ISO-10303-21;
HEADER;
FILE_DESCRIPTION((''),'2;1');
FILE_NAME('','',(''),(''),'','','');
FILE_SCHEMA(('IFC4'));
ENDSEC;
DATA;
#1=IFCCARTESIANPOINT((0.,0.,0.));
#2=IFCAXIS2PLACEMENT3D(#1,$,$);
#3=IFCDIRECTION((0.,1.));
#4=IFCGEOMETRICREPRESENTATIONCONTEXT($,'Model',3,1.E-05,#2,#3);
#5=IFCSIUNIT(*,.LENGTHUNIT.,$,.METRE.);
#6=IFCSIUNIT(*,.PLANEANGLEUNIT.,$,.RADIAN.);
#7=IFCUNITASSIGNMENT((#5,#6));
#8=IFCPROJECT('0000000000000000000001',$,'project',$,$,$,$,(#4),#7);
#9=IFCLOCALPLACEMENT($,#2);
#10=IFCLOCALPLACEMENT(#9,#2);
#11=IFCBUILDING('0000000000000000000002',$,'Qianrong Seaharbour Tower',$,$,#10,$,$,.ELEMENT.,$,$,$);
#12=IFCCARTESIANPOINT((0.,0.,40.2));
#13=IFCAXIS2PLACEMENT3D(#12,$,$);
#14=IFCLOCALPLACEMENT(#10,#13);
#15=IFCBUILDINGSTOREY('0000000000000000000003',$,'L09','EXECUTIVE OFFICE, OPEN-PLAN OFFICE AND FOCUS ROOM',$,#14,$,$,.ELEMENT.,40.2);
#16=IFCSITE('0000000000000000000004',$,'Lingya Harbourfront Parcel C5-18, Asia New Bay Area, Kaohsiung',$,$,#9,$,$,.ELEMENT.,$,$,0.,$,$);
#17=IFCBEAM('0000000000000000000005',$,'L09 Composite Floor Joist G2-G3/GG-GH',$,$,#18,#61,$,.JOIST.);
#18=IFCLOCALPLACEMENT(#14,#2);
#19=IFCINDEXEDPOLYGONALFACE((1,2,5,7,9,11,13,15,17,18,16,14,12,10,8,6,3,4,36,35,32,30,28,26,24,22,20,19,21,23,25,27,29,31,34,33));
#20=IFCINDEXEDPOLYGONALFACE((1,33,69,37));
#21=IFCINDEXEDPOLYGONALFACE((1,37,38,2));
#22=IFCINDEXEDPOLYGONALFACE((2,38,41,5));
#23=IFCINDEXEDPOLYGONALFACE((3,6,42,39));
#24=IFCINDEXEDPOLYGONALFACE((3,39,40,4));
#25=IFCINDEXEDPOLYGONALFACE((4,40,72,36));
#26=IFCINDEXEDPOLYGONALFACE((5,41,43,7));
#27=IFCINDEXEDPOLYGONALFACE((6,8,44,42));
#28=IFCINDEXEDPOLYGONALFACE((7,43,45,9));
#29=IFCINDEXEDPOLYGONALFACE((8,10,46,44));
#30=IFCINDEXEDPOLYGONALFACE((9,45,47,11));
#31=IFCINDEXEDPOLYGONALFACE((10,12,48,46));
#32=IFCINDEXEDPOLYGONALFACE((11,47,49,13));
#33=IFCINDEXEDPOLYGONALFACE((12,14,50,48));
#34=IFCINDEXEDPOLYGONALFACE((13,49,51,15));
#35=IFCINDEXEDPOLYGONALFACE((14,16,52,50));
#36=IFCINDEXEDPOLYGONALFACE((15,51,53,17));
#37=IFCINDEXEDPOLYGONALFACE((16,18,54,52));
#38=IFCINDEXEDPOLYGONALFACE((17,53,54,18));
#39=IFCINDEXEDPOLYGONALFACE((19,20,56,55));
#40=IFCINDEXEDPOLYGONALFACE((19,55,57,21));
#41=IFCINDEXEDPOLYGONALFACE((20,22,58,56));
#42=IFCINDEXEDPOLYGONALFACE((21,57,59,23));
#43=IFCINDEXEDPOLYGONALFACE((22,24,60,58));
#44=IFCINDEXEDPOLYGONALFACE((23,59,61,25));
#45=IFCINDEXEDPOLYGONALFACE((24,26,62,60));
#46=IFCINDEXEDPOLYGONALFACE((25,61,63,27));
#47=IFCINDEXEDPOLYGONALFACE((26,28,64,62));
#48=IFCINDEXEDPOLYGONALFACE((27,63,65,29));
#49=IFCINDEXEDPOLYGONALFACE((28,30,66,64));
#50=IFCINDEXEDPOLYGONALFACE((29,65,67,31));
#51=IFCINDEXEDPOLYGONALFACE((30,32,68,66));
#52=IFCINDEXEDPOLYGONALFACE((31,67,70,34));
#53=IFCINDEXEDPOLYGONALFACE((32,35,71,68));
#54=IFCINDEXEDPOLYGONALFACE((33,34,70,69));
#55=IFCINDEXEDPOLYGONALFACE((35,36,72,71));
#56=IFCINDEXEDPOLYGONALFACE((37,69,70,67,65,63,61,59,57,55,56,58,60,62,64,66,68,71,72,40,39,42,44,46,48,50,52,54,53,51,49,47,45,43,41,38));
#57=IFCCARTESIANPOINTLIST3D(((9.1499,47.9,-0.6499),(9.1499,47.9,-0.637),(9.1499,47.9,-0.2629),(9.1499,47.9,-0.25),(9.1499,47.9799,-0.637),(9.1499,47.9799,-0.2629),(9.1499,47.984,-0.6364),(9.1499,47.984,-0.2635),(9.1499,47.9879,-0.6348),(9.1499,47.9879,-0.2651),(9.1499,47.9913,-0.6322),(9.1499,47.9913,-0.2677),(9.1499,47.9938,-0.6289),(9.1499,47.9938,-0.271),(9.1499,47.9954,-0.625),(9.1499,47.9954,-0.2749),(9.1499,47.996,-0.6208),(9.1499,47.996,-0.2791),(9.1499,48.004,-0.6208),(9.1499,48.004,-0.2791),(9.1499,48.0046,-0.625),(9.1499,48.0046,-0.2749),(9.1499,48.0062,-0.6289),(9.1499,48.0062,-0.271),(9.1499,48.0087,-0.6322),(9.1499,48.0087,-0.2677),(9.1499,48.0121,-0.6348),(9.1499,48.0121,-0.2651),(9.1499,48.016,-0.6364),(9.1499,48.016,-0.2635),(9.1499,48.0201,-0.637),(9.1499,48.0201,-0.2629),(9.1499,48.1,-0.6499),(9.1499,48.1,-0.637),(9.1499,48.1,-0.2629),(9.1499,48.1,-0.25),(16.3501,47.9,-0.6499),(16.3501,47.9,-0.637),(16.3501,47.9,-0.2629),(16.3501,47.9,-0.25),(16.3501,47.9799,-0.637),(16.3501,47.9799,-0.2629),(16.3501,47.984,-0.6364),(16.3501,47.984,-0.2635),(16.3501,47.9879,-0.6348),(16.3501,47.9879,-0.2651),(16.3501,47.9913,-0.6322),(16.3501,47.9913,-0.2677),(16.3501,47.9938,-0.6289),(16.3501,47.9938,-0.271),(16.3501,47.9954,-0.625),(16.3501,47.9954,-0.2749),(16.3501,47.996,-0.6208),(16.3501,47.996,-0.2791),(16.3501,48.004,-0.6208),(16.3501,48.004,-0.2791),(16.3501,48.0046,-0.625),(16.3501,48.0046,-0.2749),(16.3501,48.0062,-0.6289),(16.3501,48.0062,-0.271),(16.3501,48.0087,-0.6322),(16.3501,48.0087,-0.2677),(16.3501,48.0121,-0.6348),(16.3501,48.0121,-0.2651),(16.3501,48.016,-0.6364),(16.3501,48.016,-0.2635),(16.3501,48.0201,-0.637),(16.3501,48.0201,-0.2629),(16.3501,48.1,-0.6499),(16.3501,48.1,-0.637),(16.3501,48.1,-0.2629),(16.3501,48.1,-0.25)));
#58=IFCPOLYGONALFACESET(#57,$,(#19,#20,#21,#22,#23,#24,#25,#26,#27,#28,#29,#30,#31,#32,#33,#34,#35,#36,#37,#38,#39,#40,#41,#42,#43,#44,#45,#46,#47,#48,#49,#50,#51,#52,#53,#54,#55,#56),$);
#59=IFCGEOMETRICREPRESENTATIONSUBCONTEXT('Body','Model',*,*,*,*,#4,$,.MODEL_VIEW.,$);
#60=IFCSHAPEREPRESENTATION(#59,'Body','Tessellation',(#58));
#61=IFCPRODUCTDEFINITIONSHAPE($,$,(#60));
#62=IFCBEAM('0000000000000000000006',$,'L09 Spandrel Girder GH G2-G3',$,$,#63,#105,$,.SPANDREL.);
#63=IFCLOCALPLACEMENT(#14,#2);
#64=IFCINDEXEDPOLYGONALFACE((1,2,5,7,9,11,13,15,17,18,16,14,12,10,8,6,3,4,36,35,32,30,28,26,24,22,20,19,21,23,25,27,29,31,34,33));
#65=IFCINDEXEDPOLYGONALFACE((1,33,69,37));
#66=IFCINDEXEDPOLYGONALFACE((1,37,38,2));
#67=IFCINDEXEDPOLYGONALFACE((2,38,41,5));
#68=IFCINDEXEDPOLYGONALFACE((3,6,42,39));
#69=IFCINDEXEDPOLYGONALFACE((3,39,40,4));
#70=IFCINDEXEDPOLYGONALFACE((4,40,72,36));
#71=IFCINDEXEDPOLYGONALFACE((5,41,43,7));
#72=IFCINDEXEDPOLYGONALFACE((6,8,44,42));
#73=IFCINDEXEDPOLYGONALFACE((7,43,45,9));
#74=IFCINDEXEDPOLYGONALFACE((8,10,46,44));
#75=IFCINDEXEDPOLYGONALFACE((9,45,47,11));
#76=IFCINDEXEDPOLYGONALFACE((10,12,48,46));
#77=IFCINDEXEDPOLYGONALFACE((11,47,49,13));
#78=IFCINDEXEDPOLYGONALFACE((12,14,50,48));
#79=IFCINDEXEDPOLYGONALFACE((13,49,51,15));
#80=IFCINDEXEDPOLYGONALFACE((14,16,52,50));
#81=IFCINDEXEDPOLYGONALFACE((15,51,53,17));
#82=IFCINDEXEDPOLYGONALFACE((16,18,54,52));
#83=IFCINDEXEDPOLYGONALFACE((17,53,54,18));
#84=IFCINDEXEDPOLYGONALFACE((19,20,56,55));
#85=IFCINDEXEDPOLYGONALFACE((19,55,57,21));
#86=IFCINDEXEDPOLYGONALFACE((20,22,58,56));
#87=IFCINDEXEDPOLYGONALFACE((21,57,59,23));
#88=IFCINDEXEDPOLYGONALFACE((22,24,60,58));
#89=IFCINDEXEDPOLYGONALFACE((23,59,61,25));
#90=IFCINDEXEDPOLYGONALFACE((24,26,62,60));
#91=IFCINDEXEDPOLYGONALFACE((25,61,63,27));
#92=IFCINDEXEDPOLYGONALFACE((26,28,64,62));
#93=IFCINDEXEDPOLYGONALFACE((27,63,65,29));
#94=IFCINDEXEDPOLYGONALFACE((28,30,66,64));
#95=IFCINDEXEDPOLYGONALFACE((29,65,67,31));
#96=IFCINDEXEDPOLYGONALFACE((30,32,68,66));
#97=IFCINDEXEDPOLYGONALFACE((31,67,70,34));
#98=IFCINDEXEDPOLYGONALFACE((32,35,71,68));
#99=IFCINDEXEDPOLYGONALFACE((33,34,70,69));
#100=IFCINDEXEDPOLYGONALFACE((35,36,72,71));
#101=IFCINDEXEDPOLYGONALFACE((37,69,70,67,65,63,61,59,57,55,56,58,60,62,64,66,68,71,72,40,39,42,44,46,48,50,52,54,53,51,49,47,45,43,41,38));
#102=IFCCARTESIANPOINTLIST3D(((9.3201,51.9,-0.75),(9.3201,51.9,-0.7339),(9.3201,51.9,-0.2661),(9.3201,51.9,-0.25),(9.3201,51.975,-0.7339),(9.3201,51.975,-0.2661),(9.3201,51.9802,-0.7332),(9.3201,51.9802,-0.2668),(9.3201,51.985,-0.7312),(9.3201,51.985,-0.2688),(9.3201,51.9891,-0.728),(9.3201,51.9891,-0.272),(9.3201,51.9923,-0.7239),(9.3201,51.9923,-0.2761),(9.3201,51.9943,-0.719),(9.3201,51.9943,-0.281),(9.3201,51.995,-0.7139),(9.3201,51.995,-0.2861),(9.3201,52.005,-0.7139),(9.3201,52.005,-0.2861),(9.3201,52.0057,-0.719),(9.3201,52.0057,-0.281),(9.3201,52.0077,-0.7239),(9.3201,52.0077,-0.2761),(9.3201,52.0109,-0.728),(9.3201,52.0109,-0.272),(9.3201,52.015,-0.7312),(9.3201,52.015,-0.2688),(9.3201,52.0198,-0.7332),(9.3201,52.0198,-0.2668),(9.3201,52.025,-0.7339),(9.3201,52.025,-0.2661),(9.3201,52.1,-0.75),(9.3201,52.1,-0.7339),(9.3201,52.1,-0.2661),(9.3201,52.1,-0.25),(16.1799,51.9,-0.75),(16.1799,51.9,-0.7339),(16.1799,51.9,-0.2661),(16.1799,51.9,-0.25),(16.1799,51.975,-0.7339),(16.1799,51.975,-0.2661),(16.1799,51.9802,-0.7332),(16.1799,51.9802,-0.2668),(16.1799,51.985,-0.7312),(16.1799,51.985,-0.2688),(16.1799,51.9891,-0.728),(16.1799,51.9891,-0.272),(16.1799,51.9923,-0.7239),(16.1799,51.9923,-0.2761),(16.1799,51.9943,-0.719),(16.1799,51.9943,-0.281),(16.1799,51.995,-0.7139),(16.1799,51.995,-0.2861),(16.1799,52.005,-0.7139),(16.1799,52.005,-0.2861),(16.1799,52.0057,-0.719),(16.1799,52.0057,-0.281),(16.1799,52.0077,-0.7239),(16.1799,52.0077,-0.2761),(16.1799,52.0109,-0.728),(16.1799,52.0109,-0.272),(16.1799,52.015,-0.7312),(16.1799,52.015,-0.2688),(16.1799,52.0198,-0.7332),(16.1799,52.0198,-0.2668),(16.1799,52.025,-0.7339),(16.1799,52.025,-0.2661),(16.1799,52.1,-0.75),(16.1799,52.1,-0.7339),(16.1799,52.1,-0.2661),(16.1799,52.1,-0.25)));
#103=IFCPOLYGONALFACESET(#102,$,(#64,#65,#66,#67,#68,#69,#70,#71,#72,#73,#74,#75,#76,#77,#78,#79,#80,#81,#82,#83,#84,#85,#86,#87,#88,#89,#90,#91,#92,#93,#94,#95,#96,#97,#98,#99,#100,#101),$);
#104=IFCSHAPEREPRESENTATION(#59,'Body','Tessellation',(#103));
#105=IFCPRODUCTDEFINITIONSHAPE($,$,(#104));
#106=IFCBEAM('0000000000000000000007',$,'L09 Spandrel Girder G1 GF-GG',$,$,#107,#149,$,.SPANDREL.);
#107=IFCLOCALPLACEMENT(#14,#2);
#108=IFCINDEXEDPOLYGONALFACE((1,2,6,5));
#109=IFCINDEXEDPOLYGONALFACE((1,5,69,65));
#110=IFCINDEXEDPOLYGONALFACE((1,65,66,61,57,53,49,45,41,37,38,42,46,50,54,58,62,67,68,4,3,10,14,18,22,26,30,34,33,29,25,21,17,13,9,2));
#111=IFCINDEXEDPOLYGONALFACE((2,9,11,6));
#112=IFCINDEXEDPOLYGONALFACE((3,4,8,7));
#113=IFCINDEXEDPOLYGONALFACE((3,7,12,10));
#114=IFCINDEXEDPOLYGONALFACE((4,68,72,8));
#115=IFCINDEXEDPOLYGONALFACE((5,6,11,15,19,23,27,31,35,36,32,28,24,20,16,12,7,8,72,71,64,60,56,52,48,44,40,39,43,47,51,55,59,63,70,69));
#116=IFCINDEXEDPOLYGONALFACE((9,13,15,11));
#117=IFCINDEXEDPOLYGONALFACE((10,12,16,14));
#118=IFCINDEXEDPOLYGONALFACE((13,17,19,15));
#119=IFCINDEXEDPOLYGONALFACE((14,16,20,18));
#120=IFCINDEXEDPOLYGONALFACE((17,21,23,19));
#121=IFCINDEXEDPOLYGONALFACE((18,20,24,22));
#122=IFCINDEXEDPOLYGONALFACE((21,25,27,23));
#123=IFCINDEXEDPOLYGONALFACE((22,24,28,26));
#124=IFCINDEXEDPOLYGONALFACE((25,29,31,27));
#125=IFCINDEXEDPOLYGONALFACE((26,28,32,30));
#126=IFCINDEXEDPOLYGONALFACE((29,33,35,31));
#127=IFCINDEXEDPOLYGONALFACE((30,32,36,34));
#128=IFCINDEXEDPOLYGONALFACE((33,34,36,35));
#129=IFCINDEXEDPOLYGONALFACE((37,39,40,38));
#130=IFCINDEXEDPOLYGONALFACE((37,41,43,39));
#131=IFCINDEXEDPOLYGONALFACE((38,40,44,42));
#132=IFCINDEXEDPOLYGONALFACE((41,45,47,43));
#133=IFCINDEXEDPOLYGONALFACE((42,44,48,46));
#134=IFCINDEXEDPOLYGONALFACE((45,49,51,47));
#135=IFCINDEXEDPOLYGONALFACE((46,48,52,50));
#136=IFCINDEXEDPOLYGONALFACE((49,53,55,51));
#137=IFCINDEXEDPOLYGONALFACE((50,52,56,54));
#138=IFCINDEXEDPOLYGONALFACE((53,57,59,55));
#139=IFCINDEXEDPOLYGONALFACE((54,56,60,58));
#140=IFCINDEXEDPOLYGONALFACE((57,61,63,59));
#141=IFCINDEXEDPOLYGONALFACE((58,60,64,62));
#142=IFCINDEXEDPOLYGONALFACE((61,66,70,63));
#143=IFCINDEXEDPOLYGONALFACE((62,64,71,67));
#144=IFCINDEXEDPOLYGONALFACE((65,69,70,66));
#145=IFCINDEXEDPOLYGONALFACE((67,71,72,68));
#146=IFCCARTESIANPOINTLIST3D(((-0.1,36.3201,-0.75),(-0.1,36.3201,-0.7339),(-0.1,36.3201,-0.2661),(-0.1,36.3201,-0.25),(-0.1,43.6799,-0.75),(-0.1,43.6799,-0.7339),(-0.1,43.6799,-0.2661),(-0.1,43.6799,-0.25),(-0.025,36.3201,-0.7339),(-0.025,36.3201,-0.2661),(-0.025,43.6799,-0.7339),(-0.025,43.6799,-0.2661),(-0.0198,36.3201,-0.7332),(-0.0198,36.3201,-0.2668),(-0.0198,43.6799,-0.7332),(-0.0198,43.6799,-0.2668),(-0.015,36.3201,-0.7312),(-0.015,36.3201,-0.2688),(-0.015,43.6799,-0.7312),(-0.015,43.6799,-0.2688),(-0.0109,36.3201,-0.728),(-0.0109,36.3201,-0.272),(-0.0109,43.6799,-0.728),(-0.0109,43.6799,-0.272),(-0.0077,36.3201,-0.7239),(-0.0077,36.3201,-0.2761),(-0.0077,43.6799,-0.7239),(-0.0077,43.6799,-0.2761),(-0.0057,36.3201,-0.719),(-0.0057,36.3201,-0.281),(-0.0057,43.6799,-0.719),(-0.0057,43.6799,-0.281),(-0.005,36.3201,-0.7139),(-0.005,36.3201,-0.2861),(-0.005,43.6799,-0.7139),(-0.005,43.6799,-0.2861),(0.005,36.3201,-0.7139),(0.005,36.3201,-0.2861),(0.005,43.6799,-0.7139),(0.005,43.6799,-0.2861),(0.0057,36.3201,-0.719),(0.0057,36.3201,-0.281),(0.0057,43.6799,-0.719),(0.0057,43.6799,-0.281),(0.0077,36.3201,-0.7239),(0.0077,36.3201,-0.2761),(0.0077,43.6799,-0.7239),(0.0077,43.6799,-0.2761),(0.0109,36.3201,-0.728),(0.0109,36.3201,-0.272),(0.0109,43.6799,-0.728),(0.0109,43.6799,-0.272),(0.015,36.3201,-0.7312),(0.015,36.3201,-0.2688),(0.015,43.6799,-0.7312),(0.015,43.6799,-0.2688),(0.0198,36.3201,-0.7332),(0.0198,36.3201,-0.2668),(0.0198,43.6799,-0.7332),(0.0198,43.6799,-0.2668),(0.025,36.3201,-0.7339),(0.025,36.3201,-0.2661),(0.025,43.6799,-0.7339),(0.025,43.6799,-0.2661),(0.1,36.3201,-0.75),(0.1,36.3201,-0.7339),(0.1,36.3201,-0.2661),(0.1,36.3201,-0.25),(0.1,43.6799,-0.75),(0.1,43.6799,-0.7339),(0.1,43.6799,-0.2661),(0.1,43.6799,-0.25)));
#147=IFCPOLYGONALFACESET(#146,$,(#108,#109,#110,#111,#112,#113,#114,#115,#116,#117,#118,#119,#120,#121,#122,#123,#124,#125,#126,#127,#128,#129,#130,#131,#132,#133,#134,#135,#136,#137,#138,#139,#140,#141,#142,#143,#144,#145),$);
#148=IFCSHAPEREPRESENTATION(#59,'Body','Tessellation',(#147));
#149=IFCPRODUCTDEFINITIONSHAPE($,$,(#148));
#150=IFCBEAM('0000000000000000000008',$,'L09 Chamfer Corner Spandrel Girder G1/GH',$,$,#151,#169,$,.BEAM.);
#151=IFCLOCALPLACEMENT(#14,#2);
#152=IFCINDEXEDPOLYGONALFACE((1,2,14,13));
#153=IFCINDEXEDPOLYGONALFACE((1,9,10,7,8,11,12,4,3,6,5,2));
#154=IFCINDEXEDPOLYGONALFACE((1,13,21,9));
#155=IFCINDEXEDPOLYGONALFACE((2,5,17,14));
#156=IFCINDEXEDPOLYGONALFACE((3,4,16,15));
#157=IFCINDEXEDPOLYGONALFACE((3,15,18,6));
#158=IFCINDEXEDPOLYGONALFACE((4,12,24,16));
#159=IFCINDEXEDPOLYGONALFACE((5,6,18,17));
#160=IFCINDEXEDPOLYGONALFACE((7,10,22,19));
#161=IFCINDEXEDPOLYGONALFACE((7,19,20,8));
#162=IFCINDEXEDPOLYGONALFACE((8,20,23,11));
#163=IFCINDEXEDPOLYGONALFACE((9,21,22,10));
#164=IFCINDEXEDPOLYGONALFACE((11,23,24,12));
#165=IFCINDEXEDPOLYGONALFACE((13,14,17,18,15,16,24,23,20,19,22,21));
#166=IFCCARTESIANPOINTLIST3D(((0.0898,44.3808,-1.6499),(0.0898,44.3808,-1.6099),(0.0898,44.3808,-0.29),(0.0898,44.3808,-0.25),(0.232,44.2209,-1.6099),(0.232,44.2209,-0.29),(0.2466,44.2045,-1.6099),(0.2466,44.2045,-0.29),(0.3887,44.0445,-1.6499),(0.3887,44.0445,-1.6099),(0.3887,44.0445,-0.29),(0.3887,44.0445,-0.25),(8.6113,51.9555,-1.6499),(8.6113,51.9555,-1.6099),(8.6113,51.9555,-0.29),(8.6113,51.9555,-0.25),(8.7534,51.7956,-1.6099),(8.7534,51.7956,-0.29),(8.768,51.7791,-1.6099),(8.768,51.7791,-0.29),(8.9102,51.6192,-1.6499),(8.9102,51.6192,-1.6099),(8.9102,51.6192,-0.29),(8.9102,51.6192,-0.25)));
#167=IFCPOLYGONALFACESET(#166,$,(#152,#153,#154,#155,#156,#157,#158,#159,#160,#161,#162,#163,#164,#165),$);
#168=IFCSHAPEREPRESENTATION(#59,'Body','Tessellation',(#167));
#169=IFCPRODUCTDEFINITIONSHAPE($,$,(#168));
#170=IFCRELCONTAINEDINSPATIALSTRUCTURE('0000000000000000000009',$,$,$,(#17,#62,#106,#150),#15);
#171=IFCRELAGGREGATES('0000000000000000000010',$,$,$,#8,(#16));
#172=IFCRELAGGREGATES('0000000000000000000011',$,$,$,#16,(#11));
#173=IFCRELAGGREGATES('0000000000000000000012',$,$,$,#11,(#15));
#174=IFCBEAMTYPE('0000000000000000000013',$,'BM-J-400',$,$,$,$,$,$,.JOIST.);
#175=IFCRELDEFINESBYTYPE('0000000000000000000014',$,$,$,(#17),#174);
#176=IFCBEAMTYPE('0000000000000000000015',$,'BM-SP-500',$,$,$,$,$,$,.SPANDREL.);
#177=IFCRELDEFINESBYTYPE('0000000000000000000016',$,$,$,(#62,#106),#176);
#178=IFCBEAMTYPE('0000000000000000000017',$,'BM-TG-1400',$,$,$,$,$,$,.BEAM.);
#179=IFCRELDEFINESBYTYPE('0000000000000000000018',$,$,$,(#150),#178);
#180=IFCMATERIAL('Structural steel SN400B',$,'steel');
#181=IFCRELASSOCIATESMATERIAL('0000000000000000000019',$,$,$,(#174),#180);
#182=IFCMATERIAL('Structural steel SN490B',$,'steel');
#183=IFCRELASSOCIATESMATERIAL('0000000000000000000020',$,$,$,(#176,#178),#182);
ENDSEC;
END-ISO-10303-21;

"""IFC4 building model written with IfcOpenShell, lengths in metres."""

from ifc_helpers import new_model, si_unit, direction, frame, origin, origin_2d, place, context, subcontext, project, spatial, i_section, extrude, material, material_profile, profile_set, type_object, element, save


model = new_model("IFC4")

# Units and contexts
model_context = context("Model", 3, precision=1e-05, world=origin(), true_north=direction((0.0, 1.0)))
body_context = subcontext(model_context, "Body", "Model", "MODEL_VIEW")
ifc_project = project(units=[si_unit("LENGTHUNIT", "METRE"), si_unit("PLANEANGLEUNIT", "RADIAN")], contexts=[model_context])

# Site, building, storey
site_placement = place(None, origin())
site = spatial("IfcSite", under=ifc_project, at=site_placement, Name="Lingya Harbourfront Parcel C5-18, Asia New Bay Area, Kaohsiung", CompositionType="ELEMENT", RefElevation=0.0)
building_placement = place(site_placement, origin())
building = spatial("IfcBuilding", under=site, at=building_placement, Name="Qianrong Seaharbour Tower", CompositionType="ELEMENT")
storey_placement = place(building_placement, frame((0.0, 0.0, 40.2)))
storey = spatial("IfcBuildingStorey", under=building, at=storey_placement, Name="L09", Description="EXECUTIVE OFFICE, OPEN-PLAN OFFICE AND FOCUS ROOM", CompositionType="ELEMENT", Elevation=40.2)

# Shared definitions
ifc_material_1 = material(Name="Structural steel SN490B", Category="steel")

# Beams
ifc_material_2 = material(Name="Structural steel SN400B", Category="steel")
ifc_material_profile_1 = material_profile(ifc_material_2, i_section(OverallWidth=0.2, OverallDepth=0.3999, WebThickness=0.0081, FlangeThickness=0.0129, FilletRadius=0.0161, at=origin_2d()), Name="H400x200x8x13")
ifc_profile_set_1 = profile_set([ifc_material_profile_1], Name="Structural steel SN400B")
beam_type_1 = type_object("IfcBeamType", Name="BM-J-400", PredefinedType="JOIST", material=ifc_profile_set_1)
for number, where, z_axis, x_axis, name in (
    (1, (9.1499, 48.0, -0.45), (1.0, 0.0, 0.0), (0.0, 1.0, 0.0), "L09 Composite Floor Joist G2-G3/GG-GH"),
):
    element("IfcBeam", number, at=place(storey_placement, frame(where, z_axis=z_axis, x_axis=x_axis)), inside=storey, type_object=beam_type_1, Name=name, PredefinedType="JOIST", context=body_context, shape_type="SweptSolid", body=[
        extrude(i_section(OverallWidth=0.2, OverallDepth=0.3999, WebThickness=0.0081, FlangeThickness=0.0129, FilletRadius=0.0161, at=origin_2d()), origin(), (0.0, 0.0, 1.0), 7.2002),
    ])
ifc_material_profile_2 = material_profile(ifc_material_1, i_section(OverallWidth=0.2, OverallDepth=0.5, WebThickness=0.01, FlangeThickness=0.0161, FilletRadius=0.02, at=origin_2d()), Name="H500x200x10x16")
ifc_profile_set_2 = profile_set([ifc_material_profile_2], Name="Structural steel SN490B")
beam_type_2 = type_object("IfcBeamType", Name="BM-SP-500", PredefinedType="SPANDREL", material=ifc_profile_set_2)
beam_1_placement = place(storey_placement, frame((9.3201, 52.0, -0.5), z_axis=(1.0, 0.0, 0.0), x_axis=(0.0, 1.0, 0.0)))
element("IfcBeam", 2, at=beam_1_placement, inside=storey, type_object=beam_type_2, Name="L09 Spandrel Girder GH G2-G3", PredefinedType="SPANDREL", context=body_context, shape_type="SweptSolid", body=[
    extrude(i_section(OverallWidth=0.2, OverallDepth=0.5, WebThickness=0.01, FlangeThickness=0.0161, FilletRadius=0.02, at=origin_2d()), origin(), (0.0, 0.0, 1.0), 6.8599),
])
beam_2_placement = place(storey_placement, frame((0.0, 36.3201, -0.5), z_axis=(0.0, 1.0, 0.0), x_axis=(-1.0, 0.0, 0.0)))
element("IfcBeam", 3, at=beam_2_placement, inside=storey, type_object=beam_type_2, Name="L09 Spandrel Girder G1 GF-GG", PredefinedType="SPANDREL", context=body_context, shape_type="SweptSolid", body=[
    extrude(i_section(OverallWidth=0.2, OverallDepth=0.5, WebThickness=0.01, FlangeThickness=0.0161, FilletRadius=0.02, at=origin_2d()), origin(), (0.0, 0.0, 1.0), 7.3599),
])
ifc_material_profile_3 = material_profile(ifc_material_1, i_section(OverallWidth=0.45, OverallDepth=1.3999, WebThickness=0.022, FlangeThickness=0.04, at=origin_2d()), Name="BH1400x450x22x40")
ifc_profile_set_3 = profile_set([ifc_material_profile_3], Name="Structural steel SN490B")
beam_type_3 = type_object("IfcBeamType", Name="BM-TG-1400", PredefinedType="BEAM", material=ifc_profile_set_3)
beam_3_placement = place(storey_placement, frame((8.7607, 51.7874, -0.95), z_axis=(-0.747407, -0.664366, 0.0), x_axis=(0.664366, -0.747407, 0.0)))
element("IfcBeam", 4, at=beam_3_placement, inside=storey, type_object=beam_type_3, Name="L09 Chamfer Corner Spandrel Girder G1/GH", PredefinedType="BEAM", context=body_context, shape_type="SweptSolid", body=[
    extrude(i_section(OverallWidth=0.45, OverallDepth=1.3999, WebThickness=0.022, FlangeThickness=0.04, at=origin_2d()), origin(), (0.0, 0.0, 1.0), 11.4014),
])

save(model, "model.ifc")
